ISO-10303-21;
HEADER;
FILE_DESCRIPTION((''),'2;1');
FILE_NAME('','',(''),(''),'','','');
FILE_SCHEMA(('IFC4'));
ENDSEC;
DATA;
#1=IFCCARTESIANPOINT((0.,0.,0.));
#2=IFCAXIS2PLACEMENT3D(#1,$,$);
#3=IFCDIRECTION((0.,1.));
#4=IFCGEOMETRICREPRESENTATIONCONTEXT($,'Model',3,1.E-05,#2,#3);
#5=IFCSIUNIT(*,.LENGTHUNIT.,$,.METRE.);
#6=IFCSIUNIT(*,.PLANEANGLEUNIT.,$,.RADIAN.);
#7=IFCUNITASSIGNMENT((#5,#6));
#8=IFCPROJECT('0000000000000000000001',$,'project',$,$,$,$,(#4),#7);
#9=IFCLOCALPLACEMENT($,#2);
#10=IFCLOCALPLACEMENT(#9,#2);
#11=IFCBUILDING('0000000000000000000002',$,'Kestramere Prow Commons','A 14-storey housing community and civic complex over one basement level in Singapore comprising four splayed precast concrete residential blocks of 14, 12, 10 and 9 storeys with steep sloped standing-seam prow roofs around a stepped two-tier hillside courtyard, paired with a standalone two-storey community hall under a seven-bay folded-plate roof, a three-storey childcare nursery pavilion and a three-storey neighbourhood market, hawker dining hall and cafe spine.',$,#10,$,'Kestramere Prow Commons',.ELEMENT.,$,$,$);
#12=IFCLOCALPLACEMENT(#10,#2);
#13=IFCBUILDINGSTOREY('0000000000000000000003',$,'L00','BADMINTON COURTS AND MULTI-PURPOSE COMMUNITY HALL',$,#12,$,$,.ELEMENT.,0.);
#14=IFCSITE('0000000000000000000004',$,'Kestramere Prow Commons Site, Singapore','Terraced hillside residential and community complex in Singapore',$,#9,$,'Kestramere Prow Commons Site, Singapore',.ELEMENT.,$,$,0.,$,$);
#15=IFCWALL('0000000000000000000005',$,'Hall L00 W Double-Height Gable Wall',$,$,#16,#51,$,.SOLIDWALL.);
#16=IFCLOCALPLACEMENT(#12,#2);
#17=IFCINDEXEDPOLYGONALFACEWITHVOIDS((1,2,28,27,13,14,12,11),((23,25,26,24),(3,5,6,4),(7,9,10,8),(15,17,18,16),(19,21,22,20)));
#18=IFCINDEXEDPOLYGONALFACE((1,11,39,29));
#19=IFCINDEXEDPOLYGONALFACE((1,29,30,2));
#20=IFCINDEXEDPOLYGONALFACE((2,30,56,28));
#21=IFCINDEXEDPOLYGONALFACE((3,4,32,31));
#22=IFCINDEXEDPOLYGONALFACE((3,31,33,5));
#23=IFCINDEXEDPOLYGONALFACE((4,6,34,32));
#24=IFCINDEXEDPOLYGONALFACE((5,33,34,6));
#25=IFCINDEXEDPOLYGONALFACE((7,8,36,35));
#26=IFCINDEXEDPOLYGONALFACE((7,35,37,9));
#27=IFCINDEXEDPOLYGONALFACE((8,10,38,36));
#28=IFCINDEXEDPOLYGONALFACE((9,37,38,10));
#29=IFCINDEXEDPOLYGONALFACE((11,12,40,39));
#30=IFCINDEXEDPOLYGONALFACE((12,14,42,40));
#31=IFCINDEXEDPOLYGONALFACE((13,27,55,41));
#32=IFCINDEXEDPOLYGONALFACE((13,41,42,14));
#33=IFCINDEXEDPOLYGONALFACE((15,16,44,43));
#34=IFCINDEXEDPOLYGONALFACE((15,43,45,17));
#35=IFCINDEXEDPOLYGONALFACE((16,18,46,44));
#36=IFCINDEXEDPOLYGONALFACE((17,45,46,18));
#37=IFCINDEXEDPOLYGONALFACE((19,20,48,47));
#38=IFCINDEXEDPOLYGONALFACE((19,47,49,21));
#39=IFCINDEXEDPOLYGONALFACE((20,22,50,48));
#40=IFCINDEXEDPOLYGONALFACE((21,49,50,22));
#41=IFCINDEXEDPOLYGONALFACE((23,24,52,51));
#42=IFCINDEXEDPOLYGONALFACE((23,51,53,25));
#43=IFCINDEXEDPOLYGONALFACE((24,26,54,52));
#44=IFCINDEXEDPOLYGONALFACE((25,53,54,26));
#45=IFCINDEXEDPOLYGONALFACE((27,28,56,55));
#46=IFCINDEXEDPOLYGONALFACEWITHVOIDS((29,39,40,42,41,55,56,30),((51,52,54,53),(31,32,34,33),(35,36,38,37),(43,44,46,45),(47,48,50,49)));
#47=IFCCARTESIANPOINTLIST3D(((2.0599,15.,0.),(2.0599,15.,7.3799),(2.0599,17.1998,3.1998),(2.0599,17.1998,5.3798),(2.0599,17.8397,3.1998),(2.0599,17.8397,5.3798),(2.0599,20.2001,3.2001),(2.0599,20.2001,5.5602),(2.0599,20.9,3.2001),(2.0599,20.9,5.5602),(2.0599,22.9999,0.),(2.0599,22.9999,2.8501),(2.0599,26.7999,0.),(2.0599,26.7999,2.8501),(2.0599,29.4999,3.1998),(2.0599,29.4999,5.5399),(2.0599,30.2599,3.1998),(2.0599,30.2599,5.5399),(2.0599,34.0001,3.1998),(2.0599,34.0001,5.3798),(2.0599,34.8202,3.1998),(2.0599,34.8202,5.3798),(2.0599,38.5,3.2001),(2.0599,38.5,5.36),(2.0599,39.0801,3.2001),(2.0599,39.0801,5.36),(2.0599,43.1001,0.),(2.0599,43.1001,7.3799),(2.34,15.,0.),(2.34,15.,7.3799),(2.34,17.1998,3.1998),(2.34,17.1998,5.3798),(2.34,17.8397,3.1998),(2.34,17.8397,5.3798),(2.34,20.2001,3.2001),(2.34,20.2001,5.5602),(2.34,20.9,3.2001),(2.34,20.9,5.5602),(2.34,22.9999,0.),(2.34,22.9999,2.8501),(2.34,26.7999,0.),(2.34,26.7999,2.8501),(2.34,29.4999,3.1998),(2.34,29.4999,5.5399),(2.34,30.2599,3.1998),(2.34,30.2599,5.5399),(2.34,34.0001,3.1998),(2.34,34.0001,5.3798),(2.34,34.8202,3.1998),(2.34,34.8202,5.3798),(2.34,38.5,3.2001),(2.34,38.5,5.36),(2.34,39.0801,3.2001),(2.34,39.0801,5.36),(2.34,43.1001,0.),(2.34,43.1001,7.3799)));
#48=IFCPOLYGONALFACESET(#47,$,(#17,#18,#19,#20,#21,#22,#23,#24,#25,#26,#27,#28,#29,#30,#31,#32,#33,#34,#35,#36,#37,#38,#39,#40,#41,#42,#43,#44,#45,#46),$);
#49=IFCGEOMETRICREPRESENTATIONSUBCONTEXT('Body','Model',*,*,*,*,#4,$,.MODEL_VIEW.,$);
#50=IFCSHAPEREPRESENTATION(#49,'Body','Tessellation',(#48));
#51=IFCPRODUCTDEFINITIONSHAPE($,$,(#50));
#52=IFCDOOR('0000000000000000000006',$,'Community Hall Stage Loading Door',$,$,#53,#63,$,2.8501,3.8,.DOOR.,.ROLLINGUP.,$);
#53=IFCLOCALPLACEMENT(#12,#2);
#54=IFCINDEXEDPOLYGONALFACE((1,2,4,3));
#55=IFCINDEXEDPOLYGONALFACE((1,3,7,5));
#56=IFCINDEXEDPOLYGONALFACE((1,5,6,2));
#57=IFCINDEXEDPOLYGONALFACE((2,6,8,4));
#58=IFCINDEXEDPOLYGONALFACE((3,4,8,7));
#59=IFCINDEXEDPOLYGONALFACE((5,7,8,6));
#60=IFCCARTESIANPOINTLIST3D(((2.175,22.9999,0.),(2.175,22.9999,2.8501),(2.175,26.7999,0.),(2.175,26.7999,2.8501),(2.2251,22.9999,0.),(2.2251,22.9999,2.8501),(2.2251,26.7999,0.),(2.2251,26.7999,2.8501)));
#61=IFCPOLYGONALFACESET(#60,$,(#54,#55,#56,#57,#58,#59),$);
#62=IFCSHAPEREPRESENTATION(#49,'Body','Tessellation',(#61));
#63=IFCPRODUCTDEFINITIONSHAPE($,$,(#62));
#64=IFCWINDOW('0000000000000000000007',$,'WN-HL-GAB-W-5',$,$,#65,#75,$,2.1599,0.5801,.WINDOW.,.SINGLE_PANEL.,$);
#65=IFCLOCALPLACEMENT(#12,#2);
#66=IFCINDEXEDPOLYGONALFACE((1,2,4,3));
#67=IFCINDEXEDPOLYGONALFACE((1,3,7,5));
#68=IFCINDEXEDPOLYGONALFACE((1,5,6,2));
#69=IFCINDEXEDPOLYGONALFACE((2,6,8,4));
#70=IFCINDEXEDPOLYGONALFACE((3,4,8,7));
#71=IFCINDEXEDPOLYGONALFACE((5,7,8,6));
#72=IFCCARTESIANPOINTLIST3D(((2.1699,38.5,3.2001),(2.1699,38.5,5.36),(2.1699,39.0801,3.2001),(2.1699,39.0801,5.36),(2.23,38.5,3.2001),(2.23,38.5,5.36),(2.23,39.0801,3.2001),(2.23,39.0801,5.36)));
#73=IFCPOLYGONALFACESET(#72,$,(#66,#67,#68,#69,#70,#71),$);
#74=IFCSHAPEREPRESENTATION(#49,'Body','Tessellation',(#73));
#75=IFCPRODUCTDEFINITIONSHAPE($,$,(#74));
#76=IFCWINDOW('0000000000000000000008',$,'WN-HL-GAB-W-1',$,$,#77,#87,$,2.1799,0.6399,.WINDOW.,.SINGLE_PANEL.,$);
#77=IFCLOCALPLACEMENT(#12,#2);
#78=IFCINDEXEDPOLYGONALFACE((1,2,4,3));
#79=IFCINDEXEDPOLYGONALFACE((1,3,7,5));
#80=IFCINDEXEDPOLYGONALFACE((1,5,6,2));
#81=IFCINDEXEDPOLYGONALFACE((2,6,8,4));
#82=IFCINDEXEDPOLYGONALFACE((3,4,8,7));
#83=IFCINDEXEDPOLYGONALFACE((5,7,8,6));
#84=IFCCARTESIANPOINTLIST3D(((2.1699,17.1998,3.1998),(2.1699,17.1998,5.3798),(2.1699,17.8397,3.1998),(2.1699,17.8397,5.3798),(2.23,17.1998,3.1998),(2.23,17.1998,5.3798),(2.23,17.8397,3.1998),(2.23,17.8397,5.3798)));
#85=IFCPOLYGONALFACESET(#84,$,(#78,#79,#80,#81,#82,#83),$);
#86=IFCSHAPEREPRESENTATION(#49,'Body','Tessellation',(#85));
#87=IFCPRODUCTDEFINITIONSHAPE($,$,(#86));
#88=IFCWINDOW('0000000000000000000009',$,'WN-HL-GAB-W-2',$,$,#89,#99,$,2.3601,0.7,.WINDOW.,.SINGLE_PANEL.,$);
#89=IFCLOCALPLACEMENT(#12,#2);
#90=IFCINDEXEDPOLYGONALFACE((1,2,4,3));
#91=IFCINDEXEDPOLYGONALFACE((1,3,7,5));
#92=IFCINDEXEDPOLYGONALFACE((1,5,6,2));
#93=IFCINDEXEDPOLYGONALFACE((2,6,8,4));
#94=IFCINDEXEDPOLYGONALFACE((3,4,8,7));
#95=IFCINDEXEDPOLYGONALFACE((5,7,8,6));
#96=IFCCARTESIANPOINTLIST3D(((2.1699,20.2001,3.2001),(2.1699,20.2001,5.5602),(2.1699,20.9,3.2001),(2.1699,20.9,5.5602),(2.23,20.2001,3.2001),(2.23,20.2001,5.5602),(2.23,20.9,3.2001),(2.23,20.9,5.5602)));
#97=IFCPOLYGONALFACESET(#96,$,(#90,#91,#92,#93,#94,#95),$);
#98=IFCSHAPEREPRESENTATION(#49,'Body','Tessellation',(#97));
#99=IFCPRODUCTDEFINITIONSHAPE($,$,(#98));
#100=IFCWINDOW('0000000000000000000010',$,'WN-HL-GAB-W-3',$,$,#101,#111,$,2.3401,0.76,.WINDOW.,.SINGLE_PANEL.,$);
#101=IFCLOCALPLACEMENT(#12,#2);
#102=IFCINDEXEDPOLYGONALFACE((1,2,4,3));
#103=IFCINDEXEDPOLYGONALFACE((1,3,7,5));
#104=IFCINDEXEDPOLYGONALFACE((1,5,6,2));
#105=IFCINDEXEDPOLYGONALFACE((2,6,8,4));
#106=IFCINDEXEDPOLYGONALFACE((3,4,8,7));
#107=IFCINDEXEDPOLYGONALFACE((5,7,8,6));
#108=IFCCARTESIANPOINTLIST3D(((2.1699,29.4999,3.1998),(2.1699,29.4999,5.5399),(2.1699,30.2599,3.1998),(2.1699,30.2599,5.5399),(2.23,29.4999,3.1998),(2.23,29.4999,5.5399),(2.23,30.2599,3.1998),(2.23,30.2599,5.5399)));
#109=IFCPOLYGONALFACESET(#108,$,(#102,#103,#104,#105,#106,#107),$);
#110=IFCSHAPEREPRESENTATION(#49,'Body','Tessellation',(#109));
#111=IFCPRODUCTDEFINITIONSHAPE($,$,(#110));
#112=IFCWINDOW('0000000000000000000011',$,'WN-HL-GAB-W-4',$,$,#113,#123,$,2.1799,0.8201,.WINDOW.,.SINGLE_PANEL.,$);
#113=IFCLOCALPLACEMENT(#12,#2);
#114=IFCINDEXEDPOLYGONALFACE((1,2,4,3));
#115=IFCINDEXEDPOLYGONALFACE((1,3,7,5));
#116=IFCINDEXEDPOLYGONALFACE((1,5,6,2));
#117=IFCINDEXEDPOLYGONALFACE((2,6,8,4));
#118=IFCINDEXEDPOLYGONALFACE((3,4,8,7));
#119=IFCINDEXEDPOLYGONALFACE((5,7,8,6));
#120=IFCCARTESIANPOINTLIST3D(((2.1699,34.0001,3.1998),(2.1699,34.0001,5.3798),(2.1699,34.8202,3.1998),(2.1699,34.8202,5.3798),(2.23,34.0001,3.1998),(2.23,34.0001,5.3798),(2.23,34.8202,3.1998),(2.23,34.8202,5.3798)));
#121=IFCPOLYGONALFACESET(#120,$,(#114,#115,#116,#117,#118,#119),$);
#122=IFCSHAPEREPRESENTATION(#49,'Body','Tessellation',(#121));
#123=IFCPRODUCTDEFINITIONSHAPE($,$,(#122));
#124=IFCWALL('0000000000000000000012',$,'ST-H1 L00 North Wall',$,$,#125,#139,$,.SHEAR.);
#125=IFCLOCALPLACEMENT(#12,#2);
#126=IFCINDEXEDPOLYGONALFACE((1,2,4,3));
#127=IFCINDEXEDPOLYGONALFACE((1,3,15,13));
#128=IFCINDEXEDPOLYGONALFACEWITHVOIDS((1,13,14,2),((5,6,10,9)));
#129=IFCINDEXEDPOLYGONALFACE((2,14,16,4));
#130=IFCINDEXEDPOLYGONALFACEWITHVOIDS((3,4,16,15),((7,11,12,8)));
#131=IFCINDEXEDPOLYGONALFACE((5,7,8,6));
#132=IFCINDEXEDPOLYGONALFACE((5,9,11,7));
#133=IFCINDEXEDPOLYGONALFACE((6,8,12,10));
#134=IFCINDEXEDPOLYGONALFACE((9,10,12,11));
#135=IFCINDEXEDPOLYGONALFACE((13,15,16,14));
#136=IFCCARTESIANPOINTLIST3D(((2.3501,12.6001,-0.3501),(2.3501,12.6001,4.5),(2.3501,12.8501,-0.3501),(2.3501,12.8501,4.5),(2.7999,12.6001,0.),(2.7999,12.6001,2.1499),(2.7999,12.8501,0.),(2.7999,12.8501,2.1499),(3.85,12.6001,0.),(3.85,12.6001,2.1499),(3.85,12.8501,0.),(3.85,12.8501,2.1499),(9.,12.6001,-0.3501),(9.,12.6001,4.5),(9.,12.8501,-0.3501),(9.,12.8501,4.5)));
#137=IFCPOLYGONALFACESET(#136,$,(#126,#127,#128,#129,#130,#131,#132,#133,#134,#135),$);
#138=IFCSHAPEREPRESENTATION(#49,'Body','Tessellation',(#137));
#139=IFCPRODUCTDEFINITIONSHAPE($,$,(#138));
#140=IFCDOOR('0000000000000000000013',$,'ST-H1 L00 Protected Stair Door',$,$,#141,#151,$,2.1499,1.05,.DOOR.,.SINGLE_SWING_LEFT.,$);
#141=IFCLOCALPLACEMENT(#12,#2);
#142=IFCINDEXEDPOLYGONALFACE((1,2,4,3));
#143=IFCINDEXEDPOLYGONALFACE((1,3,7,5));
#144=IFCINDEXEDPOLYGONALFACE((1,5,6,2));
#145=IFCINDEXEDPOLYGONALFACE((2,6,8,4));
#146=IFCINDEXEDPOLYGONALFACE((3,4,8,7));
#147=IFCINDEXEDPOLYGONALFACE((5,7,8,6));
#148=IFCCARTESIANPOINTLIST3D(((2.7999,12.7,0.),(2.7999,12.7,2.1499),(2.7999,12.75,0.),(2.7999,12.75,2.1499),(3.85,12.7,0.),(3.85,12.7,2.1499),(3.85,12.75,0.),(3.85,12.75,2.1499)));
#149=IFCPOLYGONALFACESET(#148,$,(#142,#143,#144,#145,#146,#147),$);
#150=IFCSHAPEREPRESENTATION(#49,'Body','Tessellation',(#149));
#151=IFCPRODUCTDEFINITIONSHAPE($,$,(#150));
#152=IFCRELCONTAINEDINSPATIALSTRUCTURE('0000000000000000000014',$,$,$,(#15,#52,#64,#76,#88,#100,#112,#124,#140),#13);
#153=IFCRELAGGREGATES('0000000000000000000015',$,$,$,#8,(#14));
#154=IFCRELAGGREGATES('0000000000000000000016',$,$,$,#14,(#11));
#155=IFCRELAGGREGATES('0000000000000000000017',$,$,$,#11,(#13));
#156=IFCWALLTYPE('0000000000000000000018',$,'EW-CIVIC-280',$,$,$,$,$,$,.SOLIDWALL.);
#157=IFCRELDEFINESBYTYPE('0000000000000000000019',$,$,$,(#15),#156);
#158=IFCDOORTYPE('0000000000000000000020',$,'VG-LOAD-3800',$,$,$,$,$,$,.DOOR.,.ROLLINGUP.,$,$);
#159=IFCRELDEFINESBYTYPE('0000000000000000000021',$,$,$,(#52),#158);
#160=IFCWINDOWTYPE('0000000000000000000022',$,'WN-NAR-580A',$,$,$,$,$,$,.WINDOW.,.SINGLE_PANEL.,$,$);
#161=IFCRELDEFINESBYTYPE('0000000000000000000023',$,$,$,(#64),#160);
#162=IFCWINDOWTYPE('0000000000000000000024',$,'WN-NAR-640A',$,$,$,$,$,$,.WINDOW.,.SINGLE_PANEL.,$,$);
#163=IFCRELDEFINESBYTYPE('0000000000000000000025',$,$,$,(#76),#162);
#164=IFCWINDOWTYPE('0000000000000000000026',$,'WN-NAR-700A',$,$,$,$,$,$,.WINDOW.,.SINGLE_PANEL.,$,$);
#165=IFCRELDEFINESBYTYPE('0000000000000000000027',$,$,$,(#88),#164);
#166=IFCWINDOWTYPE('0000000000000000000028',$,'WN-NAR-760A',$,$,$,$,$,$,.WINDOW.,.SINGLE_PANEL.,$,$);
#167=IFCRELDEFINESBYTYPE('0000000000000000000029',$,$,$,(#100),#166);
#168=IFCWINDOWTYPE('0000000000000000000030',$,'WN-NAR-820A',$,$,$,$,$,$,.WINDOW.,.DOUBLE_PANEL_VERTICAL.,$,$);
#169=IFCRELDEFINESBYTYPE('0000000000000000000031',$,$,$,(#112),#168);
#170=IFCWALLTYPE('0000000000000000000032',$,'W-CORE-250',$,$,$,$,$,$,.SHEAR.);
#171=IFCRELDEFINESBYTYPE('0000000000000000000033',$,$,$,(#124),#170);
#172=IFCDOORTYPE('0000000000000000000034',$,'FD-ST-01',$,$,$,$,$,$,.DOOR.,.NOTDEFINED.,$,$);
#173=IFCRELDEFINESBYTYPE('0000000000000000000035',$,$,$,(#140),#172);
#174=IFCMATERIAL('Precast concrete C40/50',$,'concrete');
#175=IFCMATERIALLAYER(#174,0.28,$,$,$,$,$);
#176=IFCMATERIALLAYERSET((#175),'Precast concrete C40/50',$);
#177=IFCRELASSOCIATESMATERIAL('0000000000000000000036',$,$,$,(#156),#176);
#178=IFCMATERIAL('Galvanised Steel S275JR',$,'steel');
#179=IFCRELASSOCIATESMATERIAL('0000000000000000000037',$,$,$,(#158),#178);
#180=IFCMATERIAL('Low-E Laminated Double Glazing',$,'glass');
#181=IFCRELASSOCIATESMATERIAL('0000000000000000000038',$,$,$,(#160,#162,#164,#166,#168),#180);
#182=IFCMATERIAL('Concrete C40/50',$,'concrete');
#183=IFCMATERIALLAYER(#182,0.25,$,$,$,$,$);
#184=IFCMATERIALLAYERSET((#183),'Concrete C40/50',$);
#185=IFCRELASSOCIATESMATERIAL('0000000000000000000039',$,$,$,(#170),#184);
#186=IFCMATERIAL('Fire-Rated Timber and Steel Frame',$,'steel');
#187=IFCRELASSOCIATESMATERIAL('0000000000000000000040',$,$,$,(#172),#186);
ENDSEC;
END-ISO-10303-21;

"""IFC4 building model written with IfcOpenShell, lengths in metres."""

from ifc_helpers import new_model, si_unit, direction, frame, frame_2d, origin, place, context, subcontext, project, spatial, rectangle, extrude, material, layer, layer_set, type_object, element, fill, save


model = new_model("IFC4")

# Units and contexts
model_context = context("Model", 3, precision=1e-05, world=origin(), true_north=direction((0.0, 1.0)))
body_context = subcontext(model_context, "Body", "Model", "MODEL_VIEW")
ifc_project = project(units=[si_unit("LENGTHUNIT", "METRE"), si_unit("PLANEANGLEUNIT", "RADIAN")], contexts=[model_context])

# Site, building, storey
site_placement = place(None, origin())
site = spatial("IfcSite", under=ifc_project, at=site_placement, Name="Kestramere Prow Commons Site, Singapore", Description="Terraced hillside residential and community complex in Singapore", LongName="Kestramere Prow Commons Site, Singapore", CompositionType="ELEMENT", RefElevation=0.0)
building_placement = place(site_placement, origin())
building = spatial("IfcBuilding", under=site, at=building_placement, Name="Kestramere Prow Commons", Description="A 14-storey housing community and civic complex over one basement level in Singapore comprising four splayed precast concrete residential blocks of 14, 12, 10 and 9 storeys with steep sloped standing-seam prow roofs around a stepped two-tier hillside courtyard, paired with a standalone two-storey community hall under a seven-bay folded-plate roof, a three-storey childcare nursery pavilion and a three-storey neighbourhood market, hawker dining hall and cafe spine.", LongName="Kestramere Prow Commons", CompositionType="ELEMENT")
storey_placement = place(building_placement, origin())
storey = spatial("IfcBuildingStorey", under=building, at=storey_placement, Name="L00", Description="BADMINTON COURTS AND MULTI-PURPOSE COMMUNITY HALL", CompositionType="ELEMENT", Elevation=0.0)

# Shared definitions
ifc_material_1 = material(Name="Precast concrete C40/50", Category="concrete")

# Wall, openings, door, windows
ifc_layer_1 = layer(ifc_material_1, 0.28)
ifc_layer_set_1 = layer_set([ifc_layer_1], Name="Precast concrete C40/50")
wall_type_1 = type_object("IfcWallType", Name="EW-CIVIC-280", PredefinedType="SOLIDWALL", material=ifc_layer_set_1)
wall_1_placement = place(storey_placement, frame((2.2, 15.0, 0.0), z_axis=(0.0, 0.0, 1.0), x_axis=(0.0, 1.0, 0.0)))
wall_1 = element("IfcWall", 1, at=wall_1_placement, inside=storey, type_object=wall_type_1, Name="Hall L00 W Double-Height Gable Wall", PredefinedType="SOLIDWALL", context=body_context, shape_type="SweptSolid", body=[
    extrude(rectangle(XDim=28.1001, YDim=0.28, at=frame_2d((14.05, 0.0))), origin(), (0.0, 0.0, 1.0), 7.3799),
])
opening_1_placement = place(wall_1_placement, frame((8.0, 0.0, 0.0)))
opening_1 = element("IfcOpeningElement", 2, at=opening_1_placement, cuts=wall_1, PredefinedType="OPENING", context=body_context, shape_type="SweptSolid", body=[
    extrude(rectangle(XDim=3.8, YDim=2.8501, at=frame_2d((1.8999, 1.425))), frame((0.0, 0.155, 0.0), z_axis=(0.0, -1.0, 0.0), x_axis=(1.0, 0.0, 0.0)), (0.0, 0.0, 1.0), 0.3101),
])
opening_2_placement = place(wall_1_placement, frame((2.2, 0.0, 3.2)))
opening_2 = element("IfcOpeningElement", 3, at=opening_2_placement, cuts=wall_1, PredefinedType="OPENING", context=body_context, shape_type="SweptSolid", body=[
    extrude(rectangle(XDim=0.6399, YDim=2.1799, at=frame_2d((0.3198, 1.0898))), frame((0.0, 0.155, 0.0), z_axis=(0.0, -1.0, 0.0), x_axis=(1.0, 0.0, 0.0)), (0.0, 0.0, 1.0), 0.3101),
])
opening_3_placement = place(wall_1_placement, frame((5.2, 0.0, 3.2)))
opening_3 = element("IfcOpeningElement", 4, at=opening_3_placement, cuts=wall_1, PredefinedType="OPENING", context=body_context, shape_type="SweptSolid", body=[
    extrude(rectangle(XDim=0.7, YDim=2.3601, at=frame_2d((0.3501, 1.1802))), frame((0.0, 0.155, 0.0), z_axis=(0.0, -1.0, 0.0), x_axis=(1.0, 0.0, 0.0)), (0.0, 0.0, 1.0), 0.3101),
])
opening_4_placement = place(wall_1_placement, frame((14.5, 0.0, 3.2)))
opening_4 = element("IfcOpeningElement", 5, at=opening_4_placement, cuts=wall_1, PredefinedType="OPENING", context=body_context, shape_type="SweptSolid", body=[
    extrude(rectangle(XDim=0.76, YDim=2.3401, at=frame_2d((0.3799, 1.1699))), frame((0.0, 0.155, 0.0), z_axis=(0.0, -1.0, 0.0), x_axis=(1.0, 0.0, 0.0)), (0.0, 0.0, 1.0), 0.3101),
])
opening_5_placement = place(wall_1_placement, frame((19.0, 0.0, 3.2)))
opening_5 = element("IfcOpeningElement", 6, at=opening_5_placement, cuts=wall_1, PredefinedType="OPENING", context=body_context, shape_type="SweptSolid", body=[
    extrude(rectangle(XDim=0.8201, YDim=2.1799, at=frame_2d((0.4102, 1.0898))), frame((0.0, 0.155, 0.0), z_axis=(0.0, -1.0, 0.0), x_axis=(1.0, 0.0, 0.0)), (0.0, 0.0, 1.0), 0.3101),
])
opening_6_placement = place(wall_1_placement, frame((23.5, 0.0, 3.2)))
opening_6 = element("IfcOpeningElement", 7, at=opening_6_placement, cuts=wall_1, PredefinedType="OPENING", context=body_context, shape_type="SweptSolid", body=[
    extrude(rectangle(XDim=0.5801, YDim=2.1599, at=frame_2d((0.29, 1.0801))), frame((0.0, 0.155, 0.0), z_axis=(0.0, -1.0, 0.0), x_axis=(1.0, 0.0, 0.0)), (0.0, 0.0, 1.0), 0.3101),
])
ifc_material_2 = material(Name="Galvanised Steel S275JR", Category="steel")
door_type_1 = type_object("IfcDoorType", Name="VG-LOAD-3800", OperationType="ROLLINGUP", PredefinedType="DOOR", material=ifc_material_2)
door_1_placement = place(opening_1_placement, origin())
door_1 = element("IfcDoor", 8, at=door_1_placement, inside=storey, type_object=door_type_1, Name="Community Hall Stage Loading Door", OperationType="ROLLINGUP", OverallHeight=2.8501, OverallWidth=3.8, PredefinedType="DOOR", context=body_context, shape_type="SweptSolid", body=[
    extrude(rectangle(XDim=3.8, YDim=2.8501, at=frame_2d((1.8999, 1.425))), frame((0.0, 0.0249, 0.0), z_axis=(0.0, -1.0, 0.0), x_axis=(1.0, 0.0, 0.0)), (0.0, 0.0, 1.0), 0.05),
])
fill(opening_1, door_1)
ifc_material_3 = material(Name="Low-E Laminated Double Glazing", Category="glass")
window_type_1 = type_object("IfcWindowType", Name="WN-NAR-580A", PartitioningType="SINGLE_PANEL", PredefinedType="WINDOW", material=ifc_material_3)
window_1_placement = place(opening_6_placement, origin())
window_1 = element("IfcWindow", 9, at=window_1_placement, inside=storey, type_object=window_type_1, Name="WN-HL-GAB-W-5", OverallHeight=2.1599, OverallWidth=0.5801, PartitioningType="SINGLE_PANEL", PredefinedType="WINDOW", context=body_context, shape_type="SweptSolid", body=[
    extrude(rectangle(XDim=0.5801, YDim=2.1599, at=frame_2d((0.29, 1.0801))), frame((0.0, 0.03, 0.0), z_axis=(0.0, -1.0, 0.0), x_axis=(1.0, 0.0, 0.0)), (0.0, 0.0, 1.0), 0.0601),
])
fill(opening_6, window_1)
window_type_2 = type_object("IfcWindowType", Name="WN-NAR-640A", PartitioningType="SINGLE_PANEL", PredefinedType="WINDOW", material=ifc_material_3)
window_2_placement = place(opening_2_placement, origin())
window_2 = element("IfcWindow", 10, at=window_2_placement, inside=storey, type_object=window_type_2, Name="WN-HL-GAB-W-1", OverallHeight=2.1799, OverallWidth=0.6399, PartitioningType="SINGLE_PANEL", PredefinedType="WINDOW", context=body_context, shape_type="SweptSolid", body=[
    extrude(rectangle(XDim=0.6399, YDim=2.1799, at=frame_2d((0.3198, 1.0898))), frame((0.0, 0.03, 0.0), z_axis=(0.0, -1.0, 0.0), x_axis=(1.0, 0.0, 0.0)), (0.0, 0.0, 1.0), 0.0601),
])
fill(opening_2, window_2)
window_type_3 = type_object("IfcWindowType", Name="WN-NAR-700A", PartitioningType="SINGLE_PANEL", PredefinedType="WINDOW", material=ifc_material_3)
window_3_placement = place(opening_3_placement, origin())
window_3 = element("IfcWindow", 11, at=window_3_placement, inside=storey, type_object=window_type_3, Name="WN-HL-GAB-W-2", OverallHeight=2.3601, OverallWidth=0.7, PartitioningType="SINGLE_PANEL", PredefinedType="WINDOW", context=body_context, shape_type="SweptSolid", body=[
    extrude(rectangle(XDim=0.7, YDim=2.3601, at=frame_2d((0.3501, 1.1802))), frame((0.0, 0.03, 0.0), z_axis=(0.0, -1.0, 0.0), x_axis=(1.0, 0.0, 0.0)), (0.0, 0.0, 1.0), 0.0601),
])
fill(opening_3, window_3)
window_type_4 = type_object("IfcWindowType", Name="WN-NAR-760A", PartitioningType="SINGLE_PANEL", PredefinedType="WINDOW", material=ifc_material_3)
window_4_placement = place(opening_4_placement, origin())
window_4 = element("IfcWindow", 12, at=window_4_placement, inside=storey, type_object=window_type_4, Name="WN-HL-GAB-W-3", OverallHeight=2.3401, OverallWidth=0.76, PartitioningType="SINGLE_PANEL", PredefinedType="WINDOW", context=body_context, shape_type="SweptSolid", body=[
    extrude(rectangle(XDim=0.76, YDim=2.3401, at=frame_2d((0.3799, 1.1699))), frame((0.0, 0.03, 0.0), z_axis=(0.0, -1.0, 0.0), x_axis=(1.0, 0.0, 0.0)), (0.0, 0.0, 1.0), 0.0601),
])
fill(opening_4, window_4)
window_type_5 = type_object("IfcWindowType", Name="WN-NAR-820A", PartitioningType="DOUBLE_PANEL_VERTICAL", PredefinedType="WINDOW", material=ifc_material_3)
window_5_placement = place(opening_5_placement, origin())
window_5 = element("IfcWindow", 13, at=window_5_placement, inside=storey, type_object=window_type_5, Name="WN-HL-GAB-W-4", OverallHeight=2.1799, OverallWidth=0.8201, PartitioningType="SINGLE_PANEL", PredefinedType="WINDOW", context=body_context, shape_type="SweptSolid", body=[
    extrude(rectangle(XDim=0.8201, YDim=2.1799, at=frame_2d((0.4102, 1.0898))), frame((0.0, 0.03, 0.0), z_axis=(0.0, -1.0, 0.0), x_axis=(1.0, 0.0, 0.0)), (0.0, 0.0, 1.0), 0.0601),
])
fill(opening_5, window_5)

# Wall, opening, door
ifc_material_4 = material(Name="Concrete C40/50", Category="concrete")
ifc_layer_2 = layer(ifc_material_4, 0.25)
ifc_layer_set_2 = layer_set([ifc_layer_2], Name="Concrete C40/50")
wall_type_2 = type_object("IfcWallType", Name="W-CORE-250", PredefinedType="SHEAR", material=ifc_layer_set_2)
wall_2_placement = place(storey_placement, frame((2.3501, 12.7251, -0.3501), z_axis=(0.0, 0.0, 1.0), x_axis=(1.0, 0.0, 0.0)))
wall_2 = element("IfcWall", 14, at=wall_2_placement, inside=storey, type_object=wall_type_2, Name="ST-H1 L00 North Wall", PredefinedType="SHEAR", context=body_context, shape_type="SweptSolid", body=[
    extrude(rectangle(XDim=6.6499, YDim=0.25, at=frame_2d((3.325, 0.0))), origin(), (0.0, 0.0, 1.0), 4.8501),
])
opening_7_placement = place(wall_2_placement, frame((0.45, 0.0, 0.3501)))
opening_7 = element("IfcOpeningElement", 15, at=opening_7_placement, cuts=wall_2, PredefinedType="OPENING", context=body_context, shape_type="SweptSolid", body=[
    extrude(rectangle(XDim=1.05, YDim=2.1499, at=frame_2d((0.5249, 1.075))), frame((0.0, 0.1399, 0.0), z_axis=(0.0, -1.0, 0.0), x_axis=(1.0, 0.0, 0.0)), (0.0, 0.0, 1.0), 0.28),
])
ifc_material_5 = material(Name="Fire-Rated Timber and Steel Frame", Category="steel")
door_type_2 = type_object("IfcDoorType", Name="FD-ST-01", OperationType="NOTDEFINED", PredefinedType="DOOR", material=ifc_material_5)
door_2_placement = place(opening_7_placement, origin())
door_2 = element("IfcDoor", 16, at=door_2_placement, inside=storey, type_object=door_type_2, Name="ST-H1 L00 Protected Stair Door", OperationType="SINGLE_SWING_LEFT", OverallHeight=2.1499, OverallWidth=1.05, PredefinedType="DOOR", context=body_context, shape_type="SweptSolid", body=[
    extrude(rectangle(XDim=1.05, YDim=2.1499, at=frame_2d((0.5249, 1.075))), frame((0.0, 0.0249, 0.0), z_axis=(0.0, -1.0, 0.0), x_axis=(1.0, 0.0, 0.0)), (0.0, 0.0, 1.0), 0.05),
])
fill(opening_7, door_2)

save(model, "model.ifc")
